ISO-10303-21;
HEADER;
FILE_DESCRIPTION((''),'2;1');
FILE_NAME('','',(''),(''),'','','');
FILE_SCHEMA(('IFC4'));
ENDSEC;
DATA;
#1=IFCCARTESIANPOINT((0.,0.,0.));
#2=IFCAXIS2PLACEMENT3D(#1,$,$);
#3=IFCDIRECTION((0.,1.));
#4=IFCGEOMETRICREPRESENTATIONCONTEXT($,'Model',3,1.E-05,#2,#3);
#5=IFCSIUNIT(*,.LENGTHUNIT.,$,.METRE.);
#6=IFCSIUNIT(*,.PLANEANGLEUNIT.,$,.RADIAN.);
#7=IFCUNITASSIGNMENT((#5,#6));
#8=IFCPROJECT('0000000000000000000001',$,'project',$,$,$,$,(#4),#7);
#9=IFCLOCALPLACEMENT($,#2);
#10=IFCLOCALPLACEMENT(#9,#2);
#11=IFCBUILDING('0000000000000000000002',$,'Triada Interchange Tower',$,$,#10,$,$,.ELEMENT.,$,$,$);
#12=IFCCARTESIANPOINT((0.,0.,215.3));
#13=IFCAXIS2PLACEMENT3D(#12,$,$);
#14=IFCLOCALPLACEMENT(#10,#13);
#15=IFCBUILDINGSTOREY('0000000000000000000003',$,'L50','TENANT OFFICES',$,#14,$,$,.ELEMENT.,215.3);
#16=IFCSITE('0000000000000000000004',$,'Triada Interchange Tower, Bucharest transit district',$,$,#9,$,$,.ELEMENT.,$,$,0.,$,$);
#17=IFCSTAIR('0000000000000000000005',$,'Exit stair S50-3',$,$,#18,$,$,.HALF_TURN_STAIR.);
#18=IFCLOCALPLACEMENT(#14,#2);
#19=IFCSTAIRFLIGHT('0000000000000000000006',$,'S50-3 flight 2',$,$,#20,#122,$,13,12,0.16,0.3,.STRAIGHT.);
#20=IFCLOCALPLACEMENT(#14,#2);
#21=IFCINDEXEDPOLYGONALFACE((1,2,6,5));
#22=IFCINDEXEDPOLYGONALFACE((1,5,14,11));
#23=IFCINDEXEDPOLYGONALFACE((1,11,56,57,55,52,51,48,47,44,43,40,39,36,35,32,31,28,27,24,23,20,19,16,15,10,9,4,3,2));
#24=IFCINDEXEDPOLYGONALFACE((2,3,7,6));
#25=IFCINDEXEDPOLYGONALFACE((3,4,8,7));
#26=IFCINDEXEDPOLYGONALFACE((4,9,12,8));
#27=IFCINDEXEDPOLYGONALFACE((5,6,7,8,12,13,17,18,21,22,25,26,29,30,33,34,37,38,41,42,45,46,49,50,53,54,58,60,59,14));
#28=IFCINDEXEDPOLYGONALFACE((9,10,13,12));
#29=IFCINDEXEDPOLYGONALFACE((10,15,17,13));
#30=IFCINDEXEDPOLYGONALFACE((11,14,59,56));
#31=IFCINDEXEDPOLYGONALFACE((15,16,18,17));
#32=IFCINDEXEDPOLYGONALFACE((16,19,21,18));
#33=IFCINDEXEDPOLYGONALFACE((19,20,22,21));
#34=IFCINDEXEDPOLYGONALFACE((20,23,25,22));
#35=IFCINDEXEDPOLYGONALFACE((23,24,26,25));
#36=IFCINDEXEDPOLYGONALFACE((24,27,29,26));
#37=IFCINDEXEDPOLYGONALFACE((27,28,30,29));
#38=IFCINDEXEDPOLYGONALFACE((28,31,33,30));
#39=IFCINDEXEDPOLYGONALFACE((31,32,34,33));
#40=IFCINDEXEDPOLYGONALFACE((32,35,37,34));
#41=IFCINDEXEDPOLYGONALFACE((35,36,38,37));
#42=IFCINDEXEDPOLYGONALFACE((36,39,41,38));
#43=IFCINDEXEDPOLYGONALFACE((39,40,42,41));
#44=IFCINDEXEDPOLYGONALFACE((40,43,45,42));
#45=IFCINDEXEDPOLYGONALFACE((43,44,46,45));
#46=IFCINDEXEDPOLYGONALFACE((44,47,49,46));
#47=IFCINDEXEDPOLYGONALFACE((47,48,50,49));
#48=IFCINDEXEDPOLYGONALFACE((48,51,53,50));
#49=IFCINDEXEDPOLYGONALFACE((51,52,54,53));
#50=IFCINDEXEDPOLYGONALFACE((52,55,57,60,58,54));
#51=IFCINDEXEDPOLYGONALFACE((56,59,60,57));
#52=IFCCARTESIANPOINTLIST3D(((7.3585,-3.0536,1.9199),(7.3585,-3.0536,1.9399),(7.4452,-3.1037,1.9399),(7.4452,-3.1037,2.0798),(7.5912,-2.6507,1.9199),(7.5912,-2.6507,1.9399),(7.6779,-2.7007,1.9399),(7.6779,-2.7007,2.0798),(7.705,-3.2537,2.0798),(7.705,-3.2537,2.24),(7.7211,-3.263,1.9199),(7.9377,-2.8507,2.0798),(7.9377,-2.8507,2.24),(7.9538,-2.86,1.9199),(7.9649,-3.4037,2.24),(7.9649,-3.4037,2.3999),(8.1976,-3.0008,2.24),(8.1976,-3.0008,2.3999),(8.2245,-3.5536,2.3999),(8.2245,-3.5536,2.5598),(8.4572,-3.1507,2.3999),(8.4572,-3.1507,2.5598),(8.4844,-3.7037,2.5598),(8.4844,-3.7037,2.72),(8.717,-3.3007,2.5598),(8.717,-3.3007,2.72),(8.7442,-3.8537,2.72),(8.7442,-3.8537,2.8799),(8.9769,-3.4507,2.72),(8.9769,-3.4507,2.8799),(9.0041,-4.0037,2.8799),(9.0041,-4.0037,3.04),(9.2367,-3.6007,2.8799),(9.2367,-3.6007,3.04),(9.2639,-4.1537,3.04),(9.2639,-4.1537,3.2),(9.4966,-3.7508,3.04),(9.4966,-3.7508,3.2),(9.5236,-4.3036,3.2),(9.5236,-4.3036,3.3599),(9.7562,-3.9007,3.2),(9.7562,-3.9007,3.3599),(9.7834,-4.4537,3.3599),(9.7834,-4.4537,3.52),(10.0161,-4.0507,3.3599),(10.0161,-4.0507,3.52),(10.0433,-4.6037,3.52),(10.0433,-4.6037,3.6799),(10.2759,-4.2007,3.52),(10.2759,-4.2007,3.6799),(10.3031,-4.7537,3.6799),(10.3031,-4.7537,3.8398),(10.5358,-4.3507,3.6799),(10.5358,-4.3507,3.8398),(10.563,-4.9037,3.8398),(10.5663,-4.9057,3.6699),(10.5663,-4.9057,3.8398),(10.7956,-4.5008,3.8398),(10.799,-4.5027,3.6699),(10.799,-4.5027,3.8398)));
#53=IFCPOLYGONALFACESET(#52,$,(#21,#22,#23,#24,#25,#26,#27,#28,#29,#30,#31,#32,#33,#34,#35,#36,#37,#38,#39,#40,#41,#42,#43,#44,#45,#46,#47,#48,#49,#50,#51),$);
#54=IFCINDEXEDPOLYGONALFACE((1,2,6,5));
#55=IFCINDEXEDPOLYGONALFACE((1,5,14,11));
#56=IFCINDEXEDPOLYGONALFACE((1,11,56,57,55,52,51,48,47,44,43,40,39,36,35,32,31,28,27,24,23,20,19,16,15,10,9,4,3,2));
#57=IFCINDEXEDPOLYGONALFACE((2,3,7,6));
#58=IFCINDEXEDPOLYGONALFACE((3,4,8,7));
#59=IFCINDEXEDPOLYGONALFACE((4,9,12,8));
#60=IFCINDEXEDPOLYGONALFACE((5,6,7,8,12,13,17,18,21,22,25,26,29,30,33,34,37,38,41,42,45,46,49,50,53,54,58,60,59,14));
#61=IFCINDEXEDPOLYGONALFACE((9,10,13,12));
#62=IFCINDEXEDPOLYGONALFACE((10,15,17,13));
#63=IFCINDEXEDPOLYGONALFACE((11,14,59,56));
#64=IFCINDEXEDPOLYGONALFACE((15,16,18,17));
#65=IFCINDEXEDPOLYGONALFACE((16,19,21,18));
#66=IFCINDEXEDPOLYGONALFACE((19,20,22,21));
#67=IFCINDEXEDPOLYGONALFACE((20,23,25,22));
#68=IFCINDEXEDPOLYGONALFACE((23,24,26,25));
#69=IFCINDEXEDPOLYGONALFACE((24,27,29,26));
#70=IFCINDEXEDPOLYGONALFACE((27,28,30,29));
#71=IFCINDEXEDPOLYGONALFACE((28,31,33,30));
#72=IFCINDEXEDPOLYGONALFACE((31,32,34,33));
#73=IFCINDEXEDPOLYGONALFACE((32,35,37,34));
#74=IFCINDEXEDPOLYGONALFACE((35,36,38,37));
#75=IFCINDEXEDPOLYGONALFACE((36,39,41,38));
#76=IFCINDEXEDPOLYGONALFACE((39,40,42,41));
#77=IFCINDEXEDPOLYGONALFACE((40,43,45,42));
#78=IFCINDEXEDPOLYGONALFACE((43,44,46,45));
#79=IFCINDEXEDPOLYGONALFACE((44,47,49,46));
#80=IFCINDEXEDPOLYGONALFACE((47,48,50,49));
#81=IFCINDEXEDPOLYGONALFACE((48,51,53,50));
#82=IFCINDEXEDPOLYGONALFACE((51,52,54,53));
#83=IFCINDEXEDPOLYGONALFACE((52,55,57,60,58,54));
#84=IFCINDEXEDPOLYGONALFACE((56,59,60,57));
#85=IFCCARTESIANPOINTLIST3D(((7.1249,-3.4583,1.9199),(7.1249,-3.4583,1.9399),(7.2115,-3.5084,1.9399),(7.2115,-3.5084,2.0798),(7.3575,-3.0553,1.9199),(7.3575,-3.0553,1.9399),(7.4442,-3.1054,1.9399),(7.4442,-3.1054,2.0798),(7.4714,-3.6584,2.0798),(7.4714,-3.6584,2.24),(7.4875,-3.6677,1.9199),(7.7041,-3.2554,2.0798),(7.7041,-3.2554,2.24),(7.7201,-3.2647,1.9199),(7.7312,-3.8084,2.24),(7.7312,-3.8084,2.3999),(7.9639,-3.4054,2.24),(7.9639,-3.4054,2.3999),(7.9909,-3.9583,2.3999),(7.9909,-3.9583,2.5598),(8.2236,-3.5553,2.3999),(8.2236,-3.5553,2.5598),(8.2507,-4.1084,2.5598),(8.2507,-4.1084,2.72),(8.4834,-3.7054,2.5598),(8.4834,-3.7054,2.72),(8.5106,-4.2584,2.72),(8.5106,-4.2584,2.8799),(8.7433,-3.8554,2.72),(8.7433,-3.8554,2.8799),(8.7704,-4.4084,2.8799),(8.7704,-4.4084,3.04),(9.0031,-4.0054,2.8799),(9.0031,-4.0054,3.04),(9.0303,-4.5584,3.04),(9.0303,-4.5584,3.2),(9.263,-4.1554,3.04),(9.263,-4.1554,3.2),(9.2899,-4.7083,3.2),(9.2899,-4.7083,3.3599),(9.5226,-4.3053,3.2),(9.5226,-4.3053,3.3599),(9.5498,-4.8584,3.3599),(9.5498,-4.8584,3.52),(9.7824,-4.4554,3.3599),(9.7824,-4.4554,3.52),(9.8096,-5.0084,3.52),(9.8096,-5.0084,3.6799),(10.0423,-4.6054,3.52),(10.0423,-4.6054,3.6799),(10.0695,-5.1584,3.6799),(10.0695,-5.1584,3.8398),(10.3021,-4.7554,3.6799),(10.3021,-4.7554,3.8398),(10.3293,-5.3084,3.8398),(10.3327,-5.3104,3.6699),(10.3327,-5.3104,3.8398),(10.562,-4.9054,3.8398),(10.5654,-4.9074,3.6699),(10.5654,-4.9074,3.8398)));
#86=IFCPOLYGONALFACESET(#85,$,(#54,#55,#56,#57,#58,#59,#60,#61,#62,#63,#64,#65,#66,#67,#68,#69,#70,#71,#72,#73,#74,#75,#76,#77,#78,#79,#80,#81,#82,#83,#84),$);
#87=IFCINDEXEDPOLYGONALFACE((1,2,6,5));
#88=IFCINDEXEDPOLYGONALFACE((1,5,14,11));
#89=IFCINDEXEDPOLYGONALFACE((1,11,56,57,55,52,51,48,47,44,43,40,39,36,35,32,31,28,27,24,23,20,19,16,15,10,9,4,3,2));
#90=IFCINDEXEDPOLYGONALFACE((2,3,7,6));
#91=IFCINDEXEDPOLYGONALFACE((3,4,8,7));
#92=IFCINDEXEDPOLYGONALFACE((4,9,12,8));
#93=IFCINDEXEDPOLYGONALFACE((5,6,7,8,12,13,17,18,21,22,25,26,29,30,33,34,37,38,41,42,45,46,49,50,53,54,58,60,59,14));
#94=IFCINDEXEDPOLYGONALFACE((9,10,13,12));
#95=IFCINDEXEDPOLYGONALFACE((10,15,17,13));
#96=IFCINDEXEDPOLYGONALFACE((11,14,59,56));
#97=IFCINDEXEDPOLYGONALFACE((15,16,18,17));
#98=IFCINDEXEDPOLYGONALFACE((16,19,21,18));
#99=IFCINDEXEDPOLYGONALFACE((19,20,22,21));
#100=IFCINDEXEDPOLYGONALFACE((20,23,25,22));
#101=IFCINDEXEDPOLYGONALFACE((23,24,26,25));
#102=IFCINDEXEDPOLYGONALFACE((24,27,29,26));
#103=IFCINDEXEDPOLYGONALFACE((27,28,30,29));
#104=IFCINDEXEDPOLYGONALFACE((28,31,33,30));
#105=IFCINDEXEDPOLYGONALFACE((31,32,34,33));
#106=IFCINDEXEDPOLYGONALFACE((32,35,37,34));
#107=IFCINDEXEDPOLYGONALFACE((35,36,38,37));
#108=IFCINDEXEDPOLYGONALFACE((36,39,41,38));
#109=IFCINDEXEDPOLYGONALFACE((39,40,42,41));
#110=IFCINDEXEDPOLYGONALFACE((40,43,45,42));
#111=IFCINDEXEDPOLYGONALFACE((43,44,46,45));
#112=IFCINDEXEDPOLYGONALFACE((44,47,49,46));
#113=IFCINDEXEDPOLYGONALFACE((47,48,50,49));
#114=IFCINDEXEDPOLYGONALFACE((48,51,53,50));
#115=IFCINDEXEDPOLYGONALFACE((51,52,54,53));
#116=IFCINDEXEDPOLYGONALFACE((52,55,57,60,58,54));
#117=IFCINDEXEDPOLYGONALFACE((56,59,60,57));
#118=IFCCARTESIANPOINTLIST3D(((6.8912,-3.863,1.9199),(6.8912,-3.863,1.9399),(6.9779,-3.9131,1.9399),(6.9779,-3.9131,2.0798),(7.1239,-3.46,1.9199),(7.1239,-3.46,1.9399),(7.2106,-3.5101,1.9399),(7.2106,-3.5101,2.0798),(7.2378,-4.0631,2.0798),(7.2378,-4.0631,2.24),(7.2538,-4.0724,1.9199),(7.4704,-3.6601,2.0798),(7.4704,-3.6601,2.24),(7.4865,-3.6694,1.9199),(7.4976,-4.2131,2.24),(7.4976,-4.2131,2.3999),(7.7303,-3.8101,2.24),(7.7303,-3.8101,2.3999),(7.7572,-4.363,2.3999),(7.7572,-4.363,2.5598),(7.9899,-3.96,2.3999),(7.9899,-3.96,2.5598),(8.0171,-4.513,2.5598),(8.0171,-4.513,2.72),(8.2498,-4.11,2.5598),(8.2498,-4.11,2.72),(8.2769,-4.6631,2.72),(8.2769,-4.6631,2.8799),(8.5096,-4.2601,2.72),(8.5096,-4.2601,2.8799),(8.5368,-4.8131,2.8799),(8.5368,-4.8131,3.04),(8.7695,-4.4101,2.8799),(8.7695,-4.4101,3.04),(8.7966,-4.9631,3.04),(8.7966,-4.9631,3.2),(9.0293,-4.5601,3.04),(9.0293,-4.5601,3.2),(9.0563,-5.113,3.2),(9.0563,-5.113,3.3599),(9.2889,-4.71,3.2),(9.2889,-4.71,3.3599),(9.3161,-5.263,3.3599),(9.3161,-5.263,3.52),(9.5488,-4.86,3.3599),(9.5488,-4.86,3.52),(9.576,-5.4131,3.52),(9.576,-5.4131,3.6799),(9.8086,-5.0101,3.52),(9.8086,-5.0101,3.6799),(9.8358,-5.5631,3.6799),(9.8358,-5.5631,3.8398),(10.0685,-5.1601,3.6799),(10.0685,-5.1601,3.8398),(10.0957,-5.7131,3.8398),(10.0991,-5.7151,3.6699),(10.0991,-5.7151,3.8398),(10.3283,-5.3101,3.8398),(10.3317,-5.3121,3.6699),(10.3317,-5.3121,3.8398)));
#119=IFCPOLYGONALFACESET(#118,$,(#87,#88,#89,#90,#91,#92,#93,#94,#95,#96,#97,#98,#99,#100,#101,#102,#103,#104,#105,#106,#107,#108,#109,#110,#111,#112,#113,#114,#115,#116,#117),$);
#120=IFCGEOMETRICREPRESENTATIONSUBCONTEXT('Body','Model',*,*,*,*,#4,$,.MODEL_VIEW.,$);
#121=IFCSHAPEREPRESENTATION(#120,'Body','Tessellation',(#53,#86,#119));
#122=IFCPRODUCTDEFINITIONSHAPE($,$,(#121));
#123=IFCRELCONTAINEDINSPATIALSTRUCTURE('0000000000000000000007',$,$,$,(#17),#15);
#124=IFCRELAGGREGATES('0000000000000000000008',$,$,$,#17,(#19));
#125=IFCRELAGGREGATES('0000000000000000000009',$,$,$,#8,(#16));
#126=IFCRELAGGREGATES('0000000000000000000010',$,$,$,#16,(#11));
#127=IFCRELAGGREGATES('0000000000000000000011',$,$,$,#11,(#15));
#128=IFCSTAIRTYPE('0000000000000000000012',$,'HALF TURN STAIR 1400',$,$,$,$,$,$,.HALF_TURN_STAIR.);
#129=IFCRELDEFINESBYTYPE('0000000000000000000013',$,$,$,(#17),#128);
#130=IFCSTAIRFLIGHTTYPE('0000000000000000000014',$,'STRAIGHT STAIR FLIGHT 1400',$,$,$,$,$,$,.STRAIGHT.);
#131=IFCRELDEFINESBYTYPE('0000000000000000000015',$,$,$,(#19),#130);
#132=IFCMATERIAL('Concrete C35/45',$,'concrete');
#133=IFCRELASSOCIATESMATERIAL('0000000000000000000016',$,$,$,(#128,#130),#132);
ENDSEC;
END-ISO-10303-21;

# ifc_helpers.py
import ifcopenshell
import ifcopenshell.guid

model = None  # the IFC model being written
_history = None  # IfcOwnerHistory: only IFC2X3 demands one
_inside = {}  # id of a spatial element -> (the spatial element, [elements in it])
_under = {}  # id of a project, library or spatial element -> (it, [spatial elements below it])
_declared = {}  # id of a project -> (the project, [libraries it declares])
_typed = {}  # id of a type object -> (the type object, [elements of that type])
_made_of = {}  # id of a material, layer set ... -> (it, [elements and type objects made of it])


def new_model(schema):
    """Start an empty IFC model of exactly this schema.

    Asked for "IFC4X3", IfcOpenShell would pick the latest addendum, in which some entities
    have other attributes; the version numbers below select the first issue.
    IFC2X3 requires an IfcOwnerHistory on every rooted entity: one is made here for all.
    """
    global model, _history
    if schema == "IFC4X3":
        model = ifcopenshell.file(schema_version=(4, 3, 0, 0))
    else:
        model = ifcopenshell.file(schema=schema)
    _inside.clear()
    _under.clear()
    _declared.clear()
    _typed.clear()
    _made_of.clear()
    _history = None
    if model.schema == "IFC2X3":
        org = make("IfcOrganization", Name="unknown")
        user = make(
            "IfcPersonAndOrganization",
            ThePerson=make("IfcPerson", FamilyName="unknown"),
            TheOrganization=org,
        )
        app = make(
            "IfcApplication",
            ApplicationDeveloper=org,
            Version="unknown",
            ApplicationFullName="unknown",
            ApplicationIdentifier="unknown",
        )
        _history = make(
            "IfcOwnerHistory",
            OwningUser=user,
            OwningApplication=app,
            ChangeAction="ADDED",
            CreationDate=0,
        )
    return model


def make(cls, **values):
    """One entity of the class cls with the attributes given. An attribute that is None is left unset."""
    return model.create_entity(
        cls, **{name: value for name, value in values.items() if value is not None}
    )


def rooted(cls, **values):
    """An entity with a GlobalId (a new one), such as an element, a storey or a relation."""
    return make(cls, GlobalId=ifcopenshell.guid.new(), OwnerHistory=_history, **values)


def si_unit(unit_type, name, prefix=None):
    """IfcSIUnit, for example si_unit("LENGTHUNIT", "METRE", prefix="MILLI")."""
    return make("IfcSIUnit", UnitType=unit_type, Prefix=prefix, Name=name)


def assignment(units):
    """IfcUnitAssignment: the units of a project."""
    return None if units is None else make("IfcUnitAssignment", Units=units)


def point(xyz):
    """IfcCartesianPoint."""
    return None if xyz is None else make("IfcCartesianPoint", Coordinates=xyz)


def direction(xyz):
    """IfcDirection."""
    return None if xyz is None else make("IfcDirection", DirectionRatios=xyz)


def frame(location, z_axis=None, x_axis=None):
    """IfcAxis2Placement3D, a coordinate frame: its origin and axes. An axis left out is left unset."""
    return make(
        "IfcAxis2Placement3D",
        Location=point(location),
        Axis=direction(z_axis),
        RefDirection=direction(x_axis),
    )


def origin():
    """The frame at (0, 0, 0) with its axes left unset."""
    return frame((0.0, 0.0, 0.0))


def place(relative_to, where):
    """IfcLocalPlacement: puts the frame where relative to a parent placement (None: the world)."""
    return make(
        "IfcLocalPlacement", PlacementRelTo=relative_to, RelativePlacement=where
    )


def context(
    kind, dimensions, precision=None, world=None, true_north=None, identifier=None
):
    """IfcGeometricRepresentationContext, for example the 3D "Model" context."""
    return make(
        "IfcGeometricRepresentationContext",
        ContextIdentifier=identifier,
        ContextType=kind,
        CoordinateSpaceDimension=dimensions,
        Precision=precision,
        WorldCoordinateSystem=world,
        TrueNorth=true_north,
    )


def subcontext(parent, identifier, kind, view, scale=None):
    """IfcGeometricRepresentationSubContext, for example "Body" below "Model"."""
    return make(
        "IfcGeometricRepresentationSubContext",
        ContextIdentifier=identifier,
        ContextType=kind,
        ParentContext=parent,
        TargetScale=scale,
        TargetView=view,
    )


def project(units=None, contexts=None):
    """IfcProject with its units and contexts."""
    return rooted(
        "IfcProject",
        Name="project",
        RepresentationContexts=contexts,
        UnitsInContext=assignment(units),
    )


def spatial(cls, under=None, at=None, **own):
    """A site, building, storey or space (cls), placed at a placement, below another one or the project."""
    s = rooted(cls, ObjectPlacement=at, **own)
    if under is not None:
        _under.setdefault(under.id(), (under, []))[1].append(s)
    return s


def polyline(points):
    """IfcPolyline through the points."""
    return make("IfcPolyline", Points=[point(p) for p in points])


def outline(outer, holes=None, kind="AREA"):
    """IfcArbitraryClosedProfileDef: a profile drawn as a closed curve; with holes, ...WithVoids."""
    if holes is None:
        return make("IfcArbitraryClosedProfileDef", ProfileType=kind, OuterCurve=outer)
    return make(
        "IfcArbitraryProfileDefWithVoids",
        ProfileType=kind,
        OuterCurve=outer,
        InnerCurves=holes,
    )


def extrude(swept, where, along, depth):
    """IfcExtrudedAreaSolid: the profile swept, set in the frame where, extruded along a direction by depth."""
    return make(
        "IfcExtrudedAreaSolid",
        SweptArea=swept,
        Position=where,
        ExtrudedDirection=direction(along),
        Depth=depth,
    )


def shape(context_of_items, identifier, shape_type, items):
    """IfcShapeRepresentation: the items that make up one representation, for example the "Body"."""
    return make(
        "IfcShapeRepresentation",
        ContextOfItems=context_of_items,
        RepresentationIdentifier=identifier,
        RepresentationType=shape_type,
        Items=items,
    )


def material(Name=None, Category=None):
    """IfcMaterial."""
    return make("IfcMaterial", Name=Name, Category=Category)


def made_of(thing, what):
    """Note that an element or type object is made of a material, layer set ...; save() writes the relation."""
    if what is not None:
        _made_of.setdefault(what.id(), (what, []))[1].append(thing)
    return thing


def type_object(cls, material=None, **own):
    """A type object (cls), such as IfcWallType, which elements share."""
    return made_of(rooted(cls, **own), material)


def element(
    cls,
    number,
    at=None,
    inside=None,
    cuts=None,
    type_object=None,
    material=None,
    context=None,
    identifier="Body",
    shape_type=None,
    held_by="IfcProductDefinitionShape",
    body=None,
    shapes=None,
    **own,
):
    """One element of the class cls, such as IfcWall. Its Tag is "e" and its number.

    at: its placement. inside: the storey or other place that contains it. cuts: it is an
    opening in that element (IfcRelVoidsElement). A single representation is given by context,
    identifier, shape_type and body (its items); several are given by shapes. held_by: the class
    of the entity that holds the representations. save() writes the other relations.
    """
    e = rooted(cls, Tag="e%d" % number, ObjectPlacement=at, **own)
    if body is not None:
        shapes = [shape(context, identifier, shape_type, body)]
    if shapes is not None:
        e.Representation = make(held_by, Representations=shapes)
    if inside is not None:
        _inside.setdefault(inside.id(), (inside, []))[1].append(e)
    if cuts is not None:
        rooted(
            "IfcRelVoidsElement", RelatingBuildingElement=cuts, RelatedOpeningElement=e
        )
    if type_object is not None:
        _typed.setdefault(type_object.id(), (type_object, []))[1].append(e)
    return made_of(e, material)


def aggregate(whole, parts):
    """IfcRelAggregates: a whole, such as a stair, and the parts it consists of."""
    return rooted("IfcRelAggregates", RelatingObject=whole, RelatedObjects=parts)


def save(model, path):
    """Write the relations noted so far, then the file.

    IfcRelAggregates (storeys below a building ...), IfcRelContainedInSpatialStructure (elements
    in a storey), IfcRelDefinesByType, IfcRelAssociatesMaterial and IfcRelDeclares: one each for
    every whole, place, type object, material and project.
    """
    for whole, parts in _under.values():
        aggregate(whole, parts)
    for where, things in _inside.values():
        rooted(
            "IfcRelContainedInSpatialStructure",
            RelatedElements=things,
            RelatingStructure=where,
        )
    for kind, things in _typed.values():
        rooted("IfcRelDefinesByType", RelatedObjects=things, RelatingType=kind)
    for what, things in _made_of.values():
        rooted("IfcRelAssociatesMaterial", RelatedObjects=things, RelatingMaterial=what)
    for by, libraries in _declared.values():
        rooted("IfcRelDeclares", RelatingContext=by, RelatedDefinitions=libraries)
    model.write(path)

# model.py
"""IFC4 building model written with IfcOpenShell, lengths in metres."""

from ifc_helpers import new_model, si_unit, direction, frame, origin, place, context, subcontext, project, spatial, polyline, outline, extrude, material, type_object, element, aggregate, save


model = new_model("IFC4")

# Units and contexts
model_context = context("Model", 3, precision=1e-05, world=origin(), true_north=direction((0.0, 1.0)))
body_context = subcontext(model_context, "Body", "Model", "MODEL_VIEW")
ifc_project = project(units=[si_unit("LENGTHUNIT", "METRE"), si_unit("PLANEANGLEUNIT", "RADIAN")], contexts=[model_context])

# Site, building, storey
site_placement = place(None, origin())
site = spatial("IfcSite", under=ifc_project, at=site_placement, Name="Triada Interchange Tower, Bucharest transit district", CompositionType="ELEMENT", RefElevation=0.0)
building_placement = place(site_placement, origin())
building = spatial("IfcBuilding", under=site, at=building_placement, Name="Triada Interchange Tower", CompositionType="ELEMENT")
storey_placement = place(building_placement, frame((0.0, 0.0, 215.3)))
storey = spatial("IfcBuildingStorey", under=building, at=storey_placement, Name="L50", Description="TENANT OFFICES", CompositionType="ELEMENT", Elevation=215.3)

# Stair, stair flight
ifc_material_1 = material(Name="Concrete C35/45", Category="concrete")
stair_type = type_object("IfcStairType", Name="HALF TURN STAIR 1400", PredefinedType="HALF_TURN_STAIR", material=ifc_material_1)
stair_placement = place(storey_placement, origin())
stair = element("IfcStair", 1, at=stair_placement, inside=storey, type_object=stair_type, Name="Exit stair S50-3", PredefinedType="HALF_TURN_STAIR")
stair_flight_type = type_object("IfcStairFlightType", Name="STRAIGHT STAIR FLIGHT 1400", PredefinedType="STRAIGHT", material=ifc_material_1)
stair_flight_1_placement = place(storey_placement, frame((7.3279, -3.3069, 1.9199), z_axis=(0.0, 0.0, 1.0), x_axis=(0.866025, -0.5, 0.0)))
stair_flight_1 = element("IfcStairFlight", 2, at=stair_flight_1_placement, type_object=stair_flight_type, Name="S50-3 flight 2", NumberOfRisers=13, NumberOfTreads=12, PredefinedType="STRAIGHT", RiserHeight=0.16, TreadLength=0.3, context=body_context, shape_type="SweptSolid", body=[
    extrude(outline(polyline([(-0.1001, 0.0), (-0.1001, 0.02), (0.0, 0.02), (0.0, 0.1599), (0.3, 0.1599), (0.3, 0.3201), (0.6001, 0.3201), (0.6001, 0.48), (0.8999, 0.48), (0.8999, 0.6399), (1.2, 0.6399), (1.2, 0.8), (1.5, 0.8), (1.5, 0.96), (1.8, 0.96), (1.8, 1.1201), (2.1001, 1.1201), (2.1001, 1.28), (2.3999, 1.28), (2.3999, 1.4399), (2.7, 1.4399), (2.7, 1.6001), (3.0, 1.6001), (3.0, 1.76), (3.3, 1.76), (3.3, 1.9199), (3.6001, 1.9199), (3.604, 1.9199), (3.604, 2.0801), (3.604, 1.75), (0.3186, 0.0), (-0.1001, 0.0)])), frame((0.0, 0.7, 0.0), z_axis=(0.0, -1.0, 0.0), x_axis=(1.0, 0.0, 0.0)), (0.0, 0.0, 1.0), 0.4653),
    extrude(outline(polyline([(-0.1001, 0.0), (-0.1001, 0.02), (0.0, 0.02), (0.0, 0.1599), (0.3, 0.1599), (0.3, 0.3201), (0.6001, 0.3201), (0.6001, 0.48), (0.8999, 0.48), (0.8999, 0.6399), (1.2, 0.6399), (1.2, 0.8), (1.5, 0.8), (1.5, 0.96), (1.8, 0.96), (1.8, 1.1201), (2.1001, 1.1201), (2.1001, 1.28), (2.3999, 1.28), (2.3999, 1.4399), (2.7, 1.4399), (2.7, 1.6001), (3.0, 1.6001), (3.0, 1.76), (3.3, 1.76), (3.3, 1.9199), (3.6001, 1.9199), (3.604, 1.9199), (3.604, 2.0801), (3.604, 1.75), (0.3186, 0.0), (-0.1001, 0.0)])), frame((0.0, 0.2327, 0.0), z_axis=(0.0, -1.0, 0.0), x_axis=(1.0, 0.0, 0.0)), (0.0, 0.0, 1.0), 0.4653),
    extrude(outline(polyline([(-0.1001, 0.0), (-0.1001, 0.02), (0.0, 0.02), (0.0, 0.1599), (0.3, 0.1599), (0.3, 0.3201), (0.6001, 0.3201), (0.6001, 0.48), (0.8999, 0.48), (0.8999, 0.6399), (1.2, 0.6399), (1.2, 0.8), (1.5, 0.8), (1.5, 0.96), (1.8, 0.96), (1.8, 1.1201), (2.1001, 1.1201), (2.1001, 1.28), (2.3999, 1.28), (2.3999, 1.4399), (2.7, 1.4399), (2.7, 1.6001), (3.0, 1.6001), (3.0, 1.76), (3.3, 1.76), (3.3, 1.9199), (3.6001, 1.9199), (3.604, 1.9199), (3.604, 2.0801), (3.604, 1.75), (0.3186, 0.0), (-0.1001, 0.0)])), frame((0.0, -0.2346, 0.0), z_axis=(0.0, -1.0, 0.0), x_axis=(1.0, 0.0, 0.0)), (0.0, 0.0, 1.0), 0.4653),
])
aggregate(stair, [stair_flight_1])

save(model, "model.ifc")
